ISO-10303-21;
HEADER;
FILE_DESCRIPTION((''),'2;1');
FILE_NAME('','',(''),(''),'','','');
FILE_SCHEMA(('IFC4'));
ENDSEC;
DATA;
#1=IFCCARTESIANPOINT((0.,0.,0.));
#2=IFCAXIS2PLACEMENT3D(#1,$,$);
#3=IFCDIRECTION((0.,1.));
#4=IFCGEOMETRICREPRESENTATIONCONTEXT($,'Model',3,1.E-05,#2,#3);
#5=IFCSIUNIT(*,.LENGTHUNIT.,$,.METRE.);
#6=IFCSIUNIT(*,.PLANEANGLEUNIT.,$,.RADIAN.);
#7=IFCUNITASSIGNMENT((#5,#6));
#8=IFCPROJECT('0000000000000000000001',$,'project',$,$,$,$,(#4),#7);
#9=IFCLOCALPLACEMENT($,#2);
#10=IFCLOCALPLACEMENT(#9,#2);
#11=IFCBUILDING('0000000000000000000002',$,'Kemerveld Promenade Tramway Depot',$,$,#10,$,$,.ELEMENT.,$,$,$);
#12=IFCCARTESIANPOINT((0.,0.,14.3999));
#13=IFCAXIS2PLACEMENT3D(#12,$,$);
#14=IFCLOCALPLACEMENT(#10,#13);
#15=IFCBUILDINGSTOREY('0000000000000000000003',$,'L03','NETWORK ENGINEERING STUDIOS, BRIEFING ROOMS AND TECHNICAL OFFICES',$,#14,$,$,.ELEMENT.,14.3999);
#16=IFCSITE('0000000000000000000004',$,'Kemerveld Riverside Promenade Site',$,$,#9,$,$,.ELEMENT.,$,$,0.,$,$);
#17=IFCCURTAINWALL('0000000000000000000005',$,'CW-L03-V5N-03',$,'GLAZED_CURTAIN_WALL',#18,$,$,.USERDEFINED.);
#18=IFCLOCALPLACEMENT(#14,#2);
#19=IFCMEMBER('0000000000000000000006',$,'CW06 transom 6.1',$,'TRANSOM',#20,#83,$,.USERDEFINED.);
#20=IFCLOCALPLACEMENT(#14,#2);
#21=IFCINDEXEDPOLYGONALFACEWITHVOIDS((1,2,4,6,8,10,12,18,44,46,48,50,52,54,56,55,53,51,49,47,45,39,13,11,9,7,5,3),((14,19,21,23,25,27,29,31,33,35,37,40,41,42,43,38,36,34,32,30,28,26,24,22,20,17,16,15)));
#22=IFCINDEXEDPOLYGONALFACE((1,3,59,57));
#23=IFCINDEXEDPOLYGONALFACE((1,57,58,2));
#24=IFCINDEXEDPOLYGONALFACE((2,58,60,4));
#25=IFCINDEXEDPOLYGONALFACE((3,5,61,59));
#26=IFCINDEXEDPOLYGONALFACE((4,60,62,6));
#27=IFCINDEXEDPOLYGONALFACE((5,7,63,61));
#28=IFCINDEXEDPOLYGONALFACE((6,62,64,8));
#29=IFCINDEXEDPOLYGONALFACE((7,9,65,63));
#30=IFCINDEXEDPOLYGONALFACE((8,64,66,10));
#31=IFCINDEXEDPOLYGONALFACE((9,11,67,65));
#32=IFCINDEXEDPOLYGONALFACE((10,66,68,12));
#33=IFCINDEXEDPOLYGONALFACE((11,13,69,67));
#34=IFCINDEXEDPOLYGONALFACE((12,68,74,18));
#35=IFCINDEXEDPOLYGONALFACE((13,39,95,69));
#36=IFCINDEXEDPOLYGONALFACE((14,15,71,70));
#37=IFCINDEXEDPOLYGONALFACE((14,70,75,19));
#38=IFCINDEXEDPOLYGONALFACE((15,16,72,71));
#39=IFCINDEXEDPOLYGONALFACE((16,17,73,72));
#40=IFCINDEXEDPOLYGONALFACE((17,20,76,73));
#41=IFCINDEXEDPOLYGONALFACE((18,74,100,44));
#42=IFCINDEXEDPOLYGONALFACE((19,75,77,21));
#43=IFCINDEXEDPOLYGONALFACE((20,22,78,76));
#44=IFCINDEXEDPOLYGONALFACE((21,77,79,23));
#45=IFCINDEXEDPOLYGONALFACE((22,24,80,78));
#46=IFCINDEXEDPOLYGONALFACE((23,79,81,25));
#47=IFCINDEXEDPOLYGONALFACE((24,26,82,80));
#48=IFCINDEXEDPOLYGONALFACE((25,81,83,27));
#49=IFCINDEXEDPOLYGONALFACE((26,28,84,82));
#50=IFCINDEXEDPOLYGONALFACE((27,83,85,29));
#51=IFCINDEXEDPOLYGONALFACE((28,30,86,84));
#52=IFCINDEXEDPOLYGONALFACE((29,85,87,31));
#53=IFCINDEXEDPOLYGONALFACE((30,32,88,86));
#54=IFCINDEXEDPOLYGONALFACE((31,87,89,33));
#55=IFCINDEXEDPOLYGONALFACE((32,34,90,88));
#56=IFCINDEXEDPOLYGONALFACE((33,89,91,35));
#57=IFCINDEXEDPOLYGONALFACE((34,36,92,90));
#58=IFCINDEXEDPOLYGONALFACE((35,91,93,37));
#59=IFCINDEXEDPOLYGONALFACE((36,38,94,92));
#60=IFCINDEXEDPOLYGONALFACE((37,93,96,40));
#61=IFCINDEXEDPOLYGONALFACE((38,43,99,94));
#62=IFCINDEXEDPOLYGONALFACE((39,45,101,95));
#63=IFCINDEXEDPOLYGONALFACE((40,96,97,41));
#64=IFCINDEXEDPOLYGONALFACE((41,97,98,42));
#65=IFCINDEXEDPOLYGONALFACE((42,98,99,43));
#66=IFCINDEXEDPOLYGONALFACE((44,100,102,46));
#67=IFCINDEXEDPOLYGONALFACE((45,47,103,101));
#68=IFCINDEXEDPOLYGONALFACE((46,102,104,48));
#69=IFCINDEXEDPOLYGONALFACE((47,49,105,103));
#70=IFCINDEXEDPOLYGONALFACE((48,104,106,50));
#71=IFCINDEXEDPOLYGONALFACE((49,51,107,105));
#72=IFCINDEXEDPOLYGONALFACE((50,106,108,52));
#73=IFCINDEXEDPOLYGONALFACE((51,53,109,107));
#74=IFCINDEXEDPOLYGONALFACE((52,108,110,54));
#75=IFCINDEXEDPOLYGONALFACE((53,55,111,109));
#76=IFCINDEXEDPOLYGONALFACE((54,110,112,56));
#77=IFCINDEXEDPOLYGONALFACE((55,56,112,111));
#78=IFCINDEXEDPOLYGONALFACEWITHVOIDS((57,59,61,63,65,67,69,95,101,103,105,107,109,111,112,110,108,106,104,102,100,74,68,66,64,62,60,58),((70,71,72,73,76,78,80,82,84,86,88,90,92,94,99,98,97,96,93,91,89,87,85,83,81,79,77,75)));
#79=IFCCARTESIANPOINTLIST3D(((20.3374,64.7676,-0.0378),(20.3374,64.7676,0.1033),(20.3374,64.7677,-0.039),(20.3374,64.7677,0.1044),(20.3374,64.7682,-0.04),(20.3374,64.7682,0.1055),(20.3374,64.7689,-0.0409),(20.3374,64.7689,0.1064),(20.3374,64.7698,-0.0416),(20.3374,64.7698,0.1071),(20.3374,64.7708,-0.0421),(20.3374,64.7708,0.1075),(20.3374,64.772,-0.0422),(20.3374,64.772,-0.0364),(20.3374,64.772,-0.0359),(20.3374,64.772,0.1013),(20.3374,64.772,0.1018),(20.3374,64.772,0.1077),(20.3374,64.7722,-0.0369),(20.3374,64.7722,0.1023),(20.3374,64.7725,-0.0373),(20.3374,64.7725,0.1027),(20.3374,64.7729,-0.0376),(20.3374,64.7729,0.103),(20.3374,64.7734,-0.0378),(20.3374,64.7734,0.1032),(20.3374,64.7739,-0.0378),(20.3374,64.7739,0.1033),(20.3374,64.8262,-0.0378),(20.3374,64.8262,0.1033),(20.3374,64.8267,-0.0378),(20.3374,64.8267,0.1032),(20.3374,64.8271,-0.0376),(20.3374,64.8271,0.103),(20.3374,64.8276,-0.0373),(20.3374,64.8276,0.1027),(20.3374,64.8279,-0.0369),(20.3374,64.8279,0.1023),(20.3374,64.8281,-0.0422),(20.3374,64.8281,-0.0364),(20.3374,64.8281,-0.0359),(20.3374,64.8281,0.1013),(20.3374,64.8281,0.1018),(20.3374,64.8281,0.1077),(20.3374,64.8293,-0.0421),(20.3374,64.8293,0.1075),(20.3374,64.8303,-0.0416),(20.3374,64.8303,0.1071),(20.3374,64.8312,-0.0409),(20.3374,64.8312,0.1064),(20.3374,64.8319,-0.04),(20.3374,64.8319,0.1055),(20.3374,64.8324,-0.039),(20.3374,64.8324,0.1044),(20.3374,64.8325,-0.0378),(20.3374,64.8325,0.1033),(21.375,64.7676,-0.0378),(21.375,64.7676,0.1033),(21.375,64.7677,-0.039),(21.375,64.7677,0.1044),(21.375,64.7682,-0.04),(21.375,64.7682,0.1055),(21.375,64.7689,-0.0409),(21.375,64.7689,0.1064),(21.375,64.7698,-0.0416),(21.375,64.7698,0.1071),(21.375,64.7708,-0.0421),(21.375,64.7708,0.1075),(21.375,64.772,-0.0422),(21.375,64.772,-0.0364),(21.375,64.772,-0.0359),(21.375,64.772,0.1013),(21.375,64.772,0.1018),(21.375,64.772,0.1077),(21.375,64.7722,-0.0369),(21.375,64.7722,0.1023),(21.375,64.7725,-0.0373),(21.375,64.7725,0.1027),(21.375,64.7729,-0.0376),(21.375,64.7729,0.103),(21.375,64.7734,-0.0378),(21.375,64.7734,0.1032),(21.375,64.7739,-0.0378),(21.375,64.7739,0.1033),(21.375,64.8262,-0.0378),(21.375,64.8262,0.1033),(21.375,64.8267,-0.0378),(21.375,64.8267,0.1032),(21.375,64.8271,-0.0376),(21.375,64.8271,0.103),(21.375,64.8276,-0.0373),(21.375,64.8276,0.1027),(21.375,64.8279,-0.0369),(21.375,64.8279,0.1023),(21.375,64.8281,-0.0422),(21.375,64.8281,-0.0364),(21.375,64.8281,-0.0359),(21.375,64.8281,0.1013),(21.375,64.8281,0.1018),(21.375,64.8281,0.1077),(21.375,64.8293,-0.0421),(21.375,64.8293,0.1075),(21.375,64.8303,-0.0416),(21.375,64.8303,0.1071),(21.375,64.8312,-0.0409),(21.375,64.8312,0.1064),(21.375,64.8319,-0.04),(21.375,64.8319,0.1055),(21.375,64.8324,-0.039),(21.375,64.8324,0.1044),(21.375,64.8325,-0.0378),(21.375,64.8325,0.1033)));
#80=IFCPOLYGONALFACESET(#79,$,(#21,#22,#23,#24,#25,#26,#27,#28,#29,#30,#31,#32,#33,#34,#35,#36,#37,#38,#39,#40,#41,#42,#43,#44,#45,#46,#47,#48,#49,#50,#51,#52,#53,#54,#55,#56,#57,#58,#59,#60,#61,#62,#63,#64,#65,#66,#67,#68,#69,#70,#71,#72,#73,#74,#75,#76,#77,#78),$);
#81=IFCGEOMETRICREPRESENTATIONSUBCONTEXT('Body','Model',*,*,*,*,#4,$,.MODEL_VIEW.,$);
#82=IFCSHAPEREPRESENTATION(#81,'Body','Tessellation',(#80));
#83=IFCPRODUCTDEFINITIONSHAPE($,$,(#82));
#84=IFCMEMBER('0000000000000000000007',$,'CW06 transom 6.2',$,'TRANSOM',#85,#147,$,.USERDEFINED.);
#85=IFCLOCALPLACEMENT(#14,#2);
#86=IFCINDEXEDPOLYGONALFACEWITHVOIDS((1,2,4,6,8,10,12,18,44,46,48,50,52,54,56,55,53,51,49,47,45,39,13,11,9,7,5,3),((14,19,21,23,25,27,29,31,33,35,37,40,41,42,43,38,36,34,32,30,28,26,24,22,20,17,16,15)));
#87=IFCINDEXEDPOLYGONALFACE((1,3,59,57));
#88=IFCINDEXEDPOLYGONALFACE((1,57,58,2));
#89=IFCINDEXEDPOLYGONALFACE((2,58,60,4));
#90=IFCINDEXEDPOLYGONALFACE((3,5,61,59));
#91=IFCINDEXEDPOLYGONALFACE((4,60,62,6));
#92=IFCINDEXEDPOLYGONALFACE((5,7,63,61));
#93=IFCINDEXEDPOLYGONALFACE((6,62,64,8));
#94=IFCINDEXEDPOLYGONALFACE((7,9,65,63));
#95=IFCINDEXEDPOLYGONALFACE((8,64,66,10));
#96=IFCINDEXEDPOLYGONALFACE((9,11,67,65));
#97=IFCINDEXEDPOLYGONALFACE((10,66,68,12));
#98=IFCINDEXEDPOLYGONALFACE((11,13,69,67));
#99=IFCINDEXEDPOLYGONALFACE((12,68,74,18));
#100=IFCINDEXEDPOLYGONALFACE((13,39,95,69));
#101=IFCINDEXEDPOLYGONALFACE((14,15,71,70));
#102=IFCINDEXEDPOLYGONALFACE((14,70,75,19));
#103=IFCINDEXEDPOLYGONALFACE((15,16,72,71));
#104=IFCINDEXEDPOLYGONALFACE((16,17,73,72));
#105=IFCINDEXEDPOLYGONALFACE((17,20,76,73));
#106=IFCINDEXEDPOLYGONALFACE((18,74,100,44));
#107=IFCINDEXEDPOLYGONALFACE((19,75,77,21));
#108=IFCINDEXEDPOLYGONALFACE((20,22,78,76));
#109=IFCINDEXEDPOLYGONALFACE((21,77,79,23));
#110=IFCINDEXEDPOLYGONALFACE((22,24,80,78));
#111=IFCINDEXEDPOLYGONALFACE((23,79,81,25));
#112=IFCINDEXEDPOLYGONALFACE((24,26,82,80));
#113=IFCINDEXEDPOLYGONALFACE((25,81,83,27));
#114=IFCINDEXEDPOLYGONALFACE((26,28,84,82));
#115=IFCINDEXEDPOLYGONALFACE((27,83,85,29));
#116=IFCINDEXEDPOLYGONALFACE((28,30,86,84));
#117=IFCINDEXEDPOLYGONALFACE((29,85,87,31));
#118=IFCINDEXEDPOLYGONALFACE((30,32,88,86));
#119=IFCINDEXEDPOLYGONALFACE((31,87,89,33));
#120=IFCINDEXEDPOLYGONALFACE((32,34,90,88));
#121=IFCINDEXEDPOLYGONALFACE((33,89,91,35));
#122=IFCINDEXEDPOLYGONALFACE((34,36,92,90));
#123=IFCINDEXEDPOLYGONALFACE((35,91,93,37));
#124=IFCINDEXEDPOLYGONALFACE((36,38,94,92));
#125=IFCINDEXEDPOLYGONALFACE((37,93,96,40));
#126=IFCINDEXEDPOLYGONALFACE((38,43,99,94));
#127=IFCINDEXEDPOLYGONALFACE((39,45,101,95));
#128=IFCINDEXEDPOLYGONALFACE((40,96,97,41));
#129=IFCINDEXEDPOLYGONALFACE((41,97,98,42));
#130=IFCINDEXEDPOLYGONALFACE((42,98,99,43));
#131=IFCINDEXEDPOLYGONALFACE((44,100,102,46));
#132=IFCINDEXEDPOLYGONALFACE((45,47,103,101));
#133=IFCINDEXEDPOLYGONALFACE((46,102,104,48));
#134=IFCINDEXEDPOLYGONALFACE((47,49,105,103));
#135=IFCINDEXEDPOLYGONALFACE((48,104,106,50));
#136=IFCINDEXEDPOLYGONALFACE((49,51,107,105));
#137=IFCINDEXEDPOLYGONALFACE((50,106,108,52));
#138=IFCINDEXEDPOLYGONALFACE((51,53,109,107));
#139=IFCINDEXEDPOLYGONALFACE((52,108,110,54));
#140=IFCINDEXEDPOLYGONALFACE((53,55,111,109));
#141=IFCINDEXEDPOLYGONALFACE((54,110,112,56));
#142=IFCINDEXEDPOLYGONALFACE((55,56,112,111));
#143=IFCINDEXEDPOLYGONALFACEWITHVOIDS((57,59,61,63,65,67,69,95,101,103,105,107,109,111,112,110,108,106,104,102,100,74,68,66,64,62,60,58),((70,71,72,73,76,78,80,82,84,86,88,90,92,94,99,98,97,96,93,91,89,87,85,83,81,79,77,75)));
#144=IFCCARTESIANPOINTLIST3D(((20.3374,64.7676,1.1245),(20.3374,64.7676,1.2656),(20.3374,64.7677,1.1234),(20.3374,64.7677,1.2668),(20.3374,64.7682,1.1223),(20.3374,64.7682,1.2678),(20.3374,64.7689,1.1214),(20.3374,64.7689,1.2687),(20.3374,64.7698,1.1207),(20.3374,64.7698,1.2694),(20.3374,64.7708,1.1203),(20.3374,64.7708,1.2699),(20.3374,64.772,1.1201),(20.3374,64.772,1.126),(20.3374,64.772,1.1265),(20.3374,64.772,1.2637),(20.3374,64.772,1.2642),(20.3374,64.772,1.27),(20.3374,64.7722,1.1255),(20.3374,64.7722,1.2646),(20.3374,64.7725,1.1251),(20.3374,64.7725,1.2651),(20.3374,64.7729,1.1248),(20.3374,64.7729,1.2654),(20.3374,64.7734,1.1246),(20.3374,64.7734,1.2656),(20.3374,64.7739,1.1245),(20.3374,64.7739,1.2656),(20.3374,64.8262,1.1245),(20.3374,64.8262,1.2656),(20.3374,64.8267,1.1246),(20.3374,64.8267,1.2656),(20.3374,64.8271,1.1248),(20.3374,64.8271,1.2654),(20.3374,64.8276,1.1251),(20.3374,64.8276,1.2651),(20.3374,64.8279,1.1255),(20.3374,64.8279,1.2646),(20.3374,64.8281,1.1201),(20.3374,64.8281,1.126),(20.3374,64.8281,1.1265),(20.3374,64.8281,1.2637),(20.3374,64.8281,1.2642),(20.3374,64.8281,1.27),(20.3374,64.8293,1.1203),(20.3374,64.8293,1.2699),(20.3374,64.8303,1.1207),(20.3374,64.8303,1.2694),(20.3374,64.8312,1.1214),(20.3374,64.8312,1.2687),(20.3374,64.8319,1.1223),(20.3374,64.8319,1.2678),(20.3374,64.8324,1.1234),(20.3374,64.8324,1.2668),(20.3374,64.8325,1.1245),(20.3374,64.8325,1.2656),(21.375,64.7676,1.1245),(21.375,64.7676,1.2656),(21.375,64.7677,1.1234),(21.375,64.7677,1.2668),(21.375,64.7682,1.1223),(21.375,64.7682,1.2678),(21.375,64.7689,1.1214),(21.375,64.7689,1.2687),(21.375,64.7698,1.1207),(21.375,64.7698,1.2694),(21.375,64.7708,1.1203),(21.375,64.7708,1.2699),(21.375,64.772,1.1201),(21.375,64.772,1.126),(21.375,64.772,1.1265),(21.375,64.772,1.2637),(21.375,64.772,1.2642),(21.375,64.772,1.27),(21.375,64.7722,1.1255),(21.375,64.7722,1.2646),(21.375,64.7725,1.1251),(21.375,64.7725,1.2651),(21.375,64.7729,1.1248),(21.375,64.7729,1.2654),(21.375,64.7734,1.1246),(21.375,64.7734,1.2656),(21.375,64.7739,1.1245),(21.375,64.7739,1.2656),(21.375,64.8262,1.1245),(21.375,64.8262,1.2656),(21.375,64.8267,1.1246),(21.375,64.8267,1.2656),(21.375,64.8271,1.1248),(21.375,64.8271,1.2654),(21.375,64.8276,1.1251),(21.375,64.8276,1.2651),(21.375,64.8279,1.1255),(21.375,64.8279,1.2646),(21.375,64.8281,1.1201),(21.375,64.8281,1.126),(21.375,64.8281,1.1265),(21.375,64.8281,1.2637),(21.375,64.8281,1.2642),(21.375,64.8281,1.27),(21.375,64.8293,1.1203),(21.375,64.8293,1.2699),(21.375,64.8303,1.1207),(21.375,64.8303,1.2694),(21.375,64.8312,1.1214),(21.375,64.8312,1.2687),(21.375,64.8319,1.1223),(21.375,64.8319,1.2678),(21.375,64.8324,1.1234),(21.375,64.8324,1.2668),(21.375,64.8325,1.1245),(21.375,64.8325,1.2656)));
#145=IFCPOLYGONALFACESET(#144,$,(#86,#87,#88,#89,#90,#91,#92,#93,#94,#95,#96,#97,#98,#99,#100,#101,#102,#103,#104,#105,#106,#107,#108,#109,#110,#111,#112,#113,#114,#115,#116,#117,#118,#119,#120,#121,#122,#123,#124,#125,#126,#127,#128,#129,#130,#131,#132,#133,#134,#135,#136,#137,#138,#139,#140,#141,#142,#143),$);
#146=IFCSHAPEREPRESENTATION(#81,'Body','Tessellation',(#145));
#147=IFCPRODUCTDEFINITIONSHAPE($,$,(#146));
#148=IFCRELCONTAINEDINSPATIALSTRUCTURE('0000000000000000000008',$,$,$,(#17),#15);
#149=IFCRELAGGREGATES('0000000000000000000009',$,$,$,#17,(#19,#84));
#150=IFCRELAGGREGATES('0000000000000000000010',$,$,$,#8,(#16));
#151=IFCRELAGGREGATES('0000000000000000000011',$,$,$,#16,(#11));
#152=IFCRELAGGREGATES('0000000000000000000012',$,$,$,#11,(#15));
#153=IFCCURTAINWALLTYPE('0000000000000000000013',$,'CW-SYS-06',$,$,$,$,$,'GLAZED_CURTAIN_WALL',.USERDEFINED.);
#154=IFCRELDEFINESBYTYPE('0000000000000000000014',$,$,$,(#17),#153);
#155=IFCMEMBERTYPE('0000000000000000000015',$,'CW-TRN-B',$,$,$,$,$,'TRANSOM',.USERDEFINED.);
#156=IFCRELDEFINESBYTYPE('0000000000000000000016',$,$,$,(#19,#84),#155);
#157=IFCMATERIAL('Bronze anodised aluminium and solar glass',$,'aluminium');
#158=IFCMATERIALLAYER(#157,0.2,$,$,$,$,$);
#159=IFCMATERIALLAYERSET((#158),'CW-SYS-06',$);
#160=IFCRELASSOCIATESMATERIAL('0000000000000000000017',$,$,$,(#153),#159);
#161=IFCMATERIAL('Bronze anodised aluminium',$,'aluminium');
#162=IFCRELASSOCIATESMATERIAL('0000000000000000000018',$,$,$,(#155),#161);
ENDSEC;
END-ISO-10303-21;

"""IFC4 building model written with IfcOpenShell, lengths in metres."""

from ifc_helpers import new_model, si_unit, direction, frame, origin, origin_2d, place, context, subcontext, project, spatial, hollow_rectangle, extrude, material, layer, layer_set, material_profile, profile_set, type_object, element, aggregate, save


model = new_model("IFC4")

# Units and contexts
model_context = context("Model", 3, precision=1e-05, world=origin(), true_north=direction((0.0, 1.0)))
body_context = subcontext(model_context, "Body", "Model", "MODEL_VIEW")
ifc_project = project(units=[si_unit("LENGTHUNIT", "METRE"), si_unit("PLANEANGLEUNIT", "RADIAN")], contexts=[model_context])

# Site, building, storey
site_placement = place(None, origin())
site = spatial("IfcSite", under=ifc_project, at=site_placement, Name="Kemerveld Riverside Promenade Site", CompositionType="ELEMENT", RefElevation=0.0)
building_placement = place(site_placement, origin())
building = spatial("IfcBuilding", under=site, at=building_placement, Name="Kemerveld Promenade Tramway Depot", CompositionType="ELEMENT")
storey_placement = place(building_placement, frame((0.0, 0.0, 14.3999)))
storey = spatial("IfcBuildingStorey", under=building, at=storey_placement, Name="L03", Description="NETWORK ENGINEERING STUDIOS, BRIEFING ROOMS AND TECHNICAL OFFICES", CompositionType="ELEMENT", Elevation=14.3999)

# Curtain wall, members
ifc_material_1 = material(Name="Bronze anodised aluminium and solar glass", Category="aluminium")
ifc_layer_1 = layer(ifc_material_1, 0.2)
ifc_layer_set_1 = layer_set([ifc_layer_1], Name="CW-SYS-06")
curtain_wall_type = type_object("IfcCurtainWallType", Name="CW-SYS-06", ElementType="GLAZED_CURTAIN_WALL", PredefinedType="USERDEFINED", material=ifc_layer_set_1)
curtain_wall_placement = place(storey_placement, origin())
curtain_wall = element("IfcCurtainWall", 1, at=curtain_wall_placement, inside=storey, type_object=curtain_wall_type, Name="CW-L03-V5N-03", ObjectType="GLAZED_CURTAIN_WALL", PredefinedType="USERDEFINED")
ifc_material_2 = material(Name="Bronze anodised aluminium", Category="aluminium")
ifc_material_profile_1 = material_profile(ifc_material_2, hollow_rectangle(XDim=0.0649, YDim=0.1499, WallThickness=0.0044, InnerFilletRadius=0.002, OuterFilletRadius=0.0044, at=origin_2d()), Name="CW-TRN-150x65")
ifc_profile_set_1 = profile_set([ifc_material_profile_1], Name="Bronze anodised aluminium")
member_type_1 = type_object("IfcMemberType", Name="CW-TRN-B", ElementType="TRANSOM", PredefinedType="USERDEFINED", material=ifc_profile_set_1)
member_1_placement = place(storey_placement, frame((20.3374, 64.8, 0.0327), z_axis=(1.0, 0.0, 0.0), x_axis=(0.0, 1.0, 0.0)))
member_1 = element("IfcMember", 2, at=member_1_placement, type_object=member_type_1, Name="CW06 transom 6.1", ObjectType="TRANSOM", PredefinedType="USERDEFINED", context=body_context, shape_type="SweptSolid", body=[
    extrude(hollow_rectangle(XDim=0.0649, YDim=0.1499, WallThickness=0.0044, InnerFilletRadius=0.002, OuterFilletRadius=0.0044, at=origin_2d()), origin(), (0.0, 0.0, 1.0), 1.0376),
])
member_2_placement = place(storey_placement, frame((20.3374, 64.8, 1.1951), z_axis=(1.0, 0.0, 0.0), x_axis=(0.0, 1.0, 0.0)))
member_2 = element("IfcMember", 3, at=member_2_placement, type_object=member_type_1, Name="CW06 transom 6.2", ObjectType="TRANSOM", PredefinedType="USERDEFINED", context=body_context, shape_type="SweptSolid", body=[
    extrude(hollow_rectangle(XDim=0.0649, YDim=0.1499, WallThickness=0.0044, InnerFilletRadius=0.002, OuterFilletRadius=0.0044, at=origin_2d()), origin(), (0.0, 0.0, 1.0), 1.0376),
])
aggregate(curtain_wall, [member_1, member_2])

save(model, "model.ifc")
